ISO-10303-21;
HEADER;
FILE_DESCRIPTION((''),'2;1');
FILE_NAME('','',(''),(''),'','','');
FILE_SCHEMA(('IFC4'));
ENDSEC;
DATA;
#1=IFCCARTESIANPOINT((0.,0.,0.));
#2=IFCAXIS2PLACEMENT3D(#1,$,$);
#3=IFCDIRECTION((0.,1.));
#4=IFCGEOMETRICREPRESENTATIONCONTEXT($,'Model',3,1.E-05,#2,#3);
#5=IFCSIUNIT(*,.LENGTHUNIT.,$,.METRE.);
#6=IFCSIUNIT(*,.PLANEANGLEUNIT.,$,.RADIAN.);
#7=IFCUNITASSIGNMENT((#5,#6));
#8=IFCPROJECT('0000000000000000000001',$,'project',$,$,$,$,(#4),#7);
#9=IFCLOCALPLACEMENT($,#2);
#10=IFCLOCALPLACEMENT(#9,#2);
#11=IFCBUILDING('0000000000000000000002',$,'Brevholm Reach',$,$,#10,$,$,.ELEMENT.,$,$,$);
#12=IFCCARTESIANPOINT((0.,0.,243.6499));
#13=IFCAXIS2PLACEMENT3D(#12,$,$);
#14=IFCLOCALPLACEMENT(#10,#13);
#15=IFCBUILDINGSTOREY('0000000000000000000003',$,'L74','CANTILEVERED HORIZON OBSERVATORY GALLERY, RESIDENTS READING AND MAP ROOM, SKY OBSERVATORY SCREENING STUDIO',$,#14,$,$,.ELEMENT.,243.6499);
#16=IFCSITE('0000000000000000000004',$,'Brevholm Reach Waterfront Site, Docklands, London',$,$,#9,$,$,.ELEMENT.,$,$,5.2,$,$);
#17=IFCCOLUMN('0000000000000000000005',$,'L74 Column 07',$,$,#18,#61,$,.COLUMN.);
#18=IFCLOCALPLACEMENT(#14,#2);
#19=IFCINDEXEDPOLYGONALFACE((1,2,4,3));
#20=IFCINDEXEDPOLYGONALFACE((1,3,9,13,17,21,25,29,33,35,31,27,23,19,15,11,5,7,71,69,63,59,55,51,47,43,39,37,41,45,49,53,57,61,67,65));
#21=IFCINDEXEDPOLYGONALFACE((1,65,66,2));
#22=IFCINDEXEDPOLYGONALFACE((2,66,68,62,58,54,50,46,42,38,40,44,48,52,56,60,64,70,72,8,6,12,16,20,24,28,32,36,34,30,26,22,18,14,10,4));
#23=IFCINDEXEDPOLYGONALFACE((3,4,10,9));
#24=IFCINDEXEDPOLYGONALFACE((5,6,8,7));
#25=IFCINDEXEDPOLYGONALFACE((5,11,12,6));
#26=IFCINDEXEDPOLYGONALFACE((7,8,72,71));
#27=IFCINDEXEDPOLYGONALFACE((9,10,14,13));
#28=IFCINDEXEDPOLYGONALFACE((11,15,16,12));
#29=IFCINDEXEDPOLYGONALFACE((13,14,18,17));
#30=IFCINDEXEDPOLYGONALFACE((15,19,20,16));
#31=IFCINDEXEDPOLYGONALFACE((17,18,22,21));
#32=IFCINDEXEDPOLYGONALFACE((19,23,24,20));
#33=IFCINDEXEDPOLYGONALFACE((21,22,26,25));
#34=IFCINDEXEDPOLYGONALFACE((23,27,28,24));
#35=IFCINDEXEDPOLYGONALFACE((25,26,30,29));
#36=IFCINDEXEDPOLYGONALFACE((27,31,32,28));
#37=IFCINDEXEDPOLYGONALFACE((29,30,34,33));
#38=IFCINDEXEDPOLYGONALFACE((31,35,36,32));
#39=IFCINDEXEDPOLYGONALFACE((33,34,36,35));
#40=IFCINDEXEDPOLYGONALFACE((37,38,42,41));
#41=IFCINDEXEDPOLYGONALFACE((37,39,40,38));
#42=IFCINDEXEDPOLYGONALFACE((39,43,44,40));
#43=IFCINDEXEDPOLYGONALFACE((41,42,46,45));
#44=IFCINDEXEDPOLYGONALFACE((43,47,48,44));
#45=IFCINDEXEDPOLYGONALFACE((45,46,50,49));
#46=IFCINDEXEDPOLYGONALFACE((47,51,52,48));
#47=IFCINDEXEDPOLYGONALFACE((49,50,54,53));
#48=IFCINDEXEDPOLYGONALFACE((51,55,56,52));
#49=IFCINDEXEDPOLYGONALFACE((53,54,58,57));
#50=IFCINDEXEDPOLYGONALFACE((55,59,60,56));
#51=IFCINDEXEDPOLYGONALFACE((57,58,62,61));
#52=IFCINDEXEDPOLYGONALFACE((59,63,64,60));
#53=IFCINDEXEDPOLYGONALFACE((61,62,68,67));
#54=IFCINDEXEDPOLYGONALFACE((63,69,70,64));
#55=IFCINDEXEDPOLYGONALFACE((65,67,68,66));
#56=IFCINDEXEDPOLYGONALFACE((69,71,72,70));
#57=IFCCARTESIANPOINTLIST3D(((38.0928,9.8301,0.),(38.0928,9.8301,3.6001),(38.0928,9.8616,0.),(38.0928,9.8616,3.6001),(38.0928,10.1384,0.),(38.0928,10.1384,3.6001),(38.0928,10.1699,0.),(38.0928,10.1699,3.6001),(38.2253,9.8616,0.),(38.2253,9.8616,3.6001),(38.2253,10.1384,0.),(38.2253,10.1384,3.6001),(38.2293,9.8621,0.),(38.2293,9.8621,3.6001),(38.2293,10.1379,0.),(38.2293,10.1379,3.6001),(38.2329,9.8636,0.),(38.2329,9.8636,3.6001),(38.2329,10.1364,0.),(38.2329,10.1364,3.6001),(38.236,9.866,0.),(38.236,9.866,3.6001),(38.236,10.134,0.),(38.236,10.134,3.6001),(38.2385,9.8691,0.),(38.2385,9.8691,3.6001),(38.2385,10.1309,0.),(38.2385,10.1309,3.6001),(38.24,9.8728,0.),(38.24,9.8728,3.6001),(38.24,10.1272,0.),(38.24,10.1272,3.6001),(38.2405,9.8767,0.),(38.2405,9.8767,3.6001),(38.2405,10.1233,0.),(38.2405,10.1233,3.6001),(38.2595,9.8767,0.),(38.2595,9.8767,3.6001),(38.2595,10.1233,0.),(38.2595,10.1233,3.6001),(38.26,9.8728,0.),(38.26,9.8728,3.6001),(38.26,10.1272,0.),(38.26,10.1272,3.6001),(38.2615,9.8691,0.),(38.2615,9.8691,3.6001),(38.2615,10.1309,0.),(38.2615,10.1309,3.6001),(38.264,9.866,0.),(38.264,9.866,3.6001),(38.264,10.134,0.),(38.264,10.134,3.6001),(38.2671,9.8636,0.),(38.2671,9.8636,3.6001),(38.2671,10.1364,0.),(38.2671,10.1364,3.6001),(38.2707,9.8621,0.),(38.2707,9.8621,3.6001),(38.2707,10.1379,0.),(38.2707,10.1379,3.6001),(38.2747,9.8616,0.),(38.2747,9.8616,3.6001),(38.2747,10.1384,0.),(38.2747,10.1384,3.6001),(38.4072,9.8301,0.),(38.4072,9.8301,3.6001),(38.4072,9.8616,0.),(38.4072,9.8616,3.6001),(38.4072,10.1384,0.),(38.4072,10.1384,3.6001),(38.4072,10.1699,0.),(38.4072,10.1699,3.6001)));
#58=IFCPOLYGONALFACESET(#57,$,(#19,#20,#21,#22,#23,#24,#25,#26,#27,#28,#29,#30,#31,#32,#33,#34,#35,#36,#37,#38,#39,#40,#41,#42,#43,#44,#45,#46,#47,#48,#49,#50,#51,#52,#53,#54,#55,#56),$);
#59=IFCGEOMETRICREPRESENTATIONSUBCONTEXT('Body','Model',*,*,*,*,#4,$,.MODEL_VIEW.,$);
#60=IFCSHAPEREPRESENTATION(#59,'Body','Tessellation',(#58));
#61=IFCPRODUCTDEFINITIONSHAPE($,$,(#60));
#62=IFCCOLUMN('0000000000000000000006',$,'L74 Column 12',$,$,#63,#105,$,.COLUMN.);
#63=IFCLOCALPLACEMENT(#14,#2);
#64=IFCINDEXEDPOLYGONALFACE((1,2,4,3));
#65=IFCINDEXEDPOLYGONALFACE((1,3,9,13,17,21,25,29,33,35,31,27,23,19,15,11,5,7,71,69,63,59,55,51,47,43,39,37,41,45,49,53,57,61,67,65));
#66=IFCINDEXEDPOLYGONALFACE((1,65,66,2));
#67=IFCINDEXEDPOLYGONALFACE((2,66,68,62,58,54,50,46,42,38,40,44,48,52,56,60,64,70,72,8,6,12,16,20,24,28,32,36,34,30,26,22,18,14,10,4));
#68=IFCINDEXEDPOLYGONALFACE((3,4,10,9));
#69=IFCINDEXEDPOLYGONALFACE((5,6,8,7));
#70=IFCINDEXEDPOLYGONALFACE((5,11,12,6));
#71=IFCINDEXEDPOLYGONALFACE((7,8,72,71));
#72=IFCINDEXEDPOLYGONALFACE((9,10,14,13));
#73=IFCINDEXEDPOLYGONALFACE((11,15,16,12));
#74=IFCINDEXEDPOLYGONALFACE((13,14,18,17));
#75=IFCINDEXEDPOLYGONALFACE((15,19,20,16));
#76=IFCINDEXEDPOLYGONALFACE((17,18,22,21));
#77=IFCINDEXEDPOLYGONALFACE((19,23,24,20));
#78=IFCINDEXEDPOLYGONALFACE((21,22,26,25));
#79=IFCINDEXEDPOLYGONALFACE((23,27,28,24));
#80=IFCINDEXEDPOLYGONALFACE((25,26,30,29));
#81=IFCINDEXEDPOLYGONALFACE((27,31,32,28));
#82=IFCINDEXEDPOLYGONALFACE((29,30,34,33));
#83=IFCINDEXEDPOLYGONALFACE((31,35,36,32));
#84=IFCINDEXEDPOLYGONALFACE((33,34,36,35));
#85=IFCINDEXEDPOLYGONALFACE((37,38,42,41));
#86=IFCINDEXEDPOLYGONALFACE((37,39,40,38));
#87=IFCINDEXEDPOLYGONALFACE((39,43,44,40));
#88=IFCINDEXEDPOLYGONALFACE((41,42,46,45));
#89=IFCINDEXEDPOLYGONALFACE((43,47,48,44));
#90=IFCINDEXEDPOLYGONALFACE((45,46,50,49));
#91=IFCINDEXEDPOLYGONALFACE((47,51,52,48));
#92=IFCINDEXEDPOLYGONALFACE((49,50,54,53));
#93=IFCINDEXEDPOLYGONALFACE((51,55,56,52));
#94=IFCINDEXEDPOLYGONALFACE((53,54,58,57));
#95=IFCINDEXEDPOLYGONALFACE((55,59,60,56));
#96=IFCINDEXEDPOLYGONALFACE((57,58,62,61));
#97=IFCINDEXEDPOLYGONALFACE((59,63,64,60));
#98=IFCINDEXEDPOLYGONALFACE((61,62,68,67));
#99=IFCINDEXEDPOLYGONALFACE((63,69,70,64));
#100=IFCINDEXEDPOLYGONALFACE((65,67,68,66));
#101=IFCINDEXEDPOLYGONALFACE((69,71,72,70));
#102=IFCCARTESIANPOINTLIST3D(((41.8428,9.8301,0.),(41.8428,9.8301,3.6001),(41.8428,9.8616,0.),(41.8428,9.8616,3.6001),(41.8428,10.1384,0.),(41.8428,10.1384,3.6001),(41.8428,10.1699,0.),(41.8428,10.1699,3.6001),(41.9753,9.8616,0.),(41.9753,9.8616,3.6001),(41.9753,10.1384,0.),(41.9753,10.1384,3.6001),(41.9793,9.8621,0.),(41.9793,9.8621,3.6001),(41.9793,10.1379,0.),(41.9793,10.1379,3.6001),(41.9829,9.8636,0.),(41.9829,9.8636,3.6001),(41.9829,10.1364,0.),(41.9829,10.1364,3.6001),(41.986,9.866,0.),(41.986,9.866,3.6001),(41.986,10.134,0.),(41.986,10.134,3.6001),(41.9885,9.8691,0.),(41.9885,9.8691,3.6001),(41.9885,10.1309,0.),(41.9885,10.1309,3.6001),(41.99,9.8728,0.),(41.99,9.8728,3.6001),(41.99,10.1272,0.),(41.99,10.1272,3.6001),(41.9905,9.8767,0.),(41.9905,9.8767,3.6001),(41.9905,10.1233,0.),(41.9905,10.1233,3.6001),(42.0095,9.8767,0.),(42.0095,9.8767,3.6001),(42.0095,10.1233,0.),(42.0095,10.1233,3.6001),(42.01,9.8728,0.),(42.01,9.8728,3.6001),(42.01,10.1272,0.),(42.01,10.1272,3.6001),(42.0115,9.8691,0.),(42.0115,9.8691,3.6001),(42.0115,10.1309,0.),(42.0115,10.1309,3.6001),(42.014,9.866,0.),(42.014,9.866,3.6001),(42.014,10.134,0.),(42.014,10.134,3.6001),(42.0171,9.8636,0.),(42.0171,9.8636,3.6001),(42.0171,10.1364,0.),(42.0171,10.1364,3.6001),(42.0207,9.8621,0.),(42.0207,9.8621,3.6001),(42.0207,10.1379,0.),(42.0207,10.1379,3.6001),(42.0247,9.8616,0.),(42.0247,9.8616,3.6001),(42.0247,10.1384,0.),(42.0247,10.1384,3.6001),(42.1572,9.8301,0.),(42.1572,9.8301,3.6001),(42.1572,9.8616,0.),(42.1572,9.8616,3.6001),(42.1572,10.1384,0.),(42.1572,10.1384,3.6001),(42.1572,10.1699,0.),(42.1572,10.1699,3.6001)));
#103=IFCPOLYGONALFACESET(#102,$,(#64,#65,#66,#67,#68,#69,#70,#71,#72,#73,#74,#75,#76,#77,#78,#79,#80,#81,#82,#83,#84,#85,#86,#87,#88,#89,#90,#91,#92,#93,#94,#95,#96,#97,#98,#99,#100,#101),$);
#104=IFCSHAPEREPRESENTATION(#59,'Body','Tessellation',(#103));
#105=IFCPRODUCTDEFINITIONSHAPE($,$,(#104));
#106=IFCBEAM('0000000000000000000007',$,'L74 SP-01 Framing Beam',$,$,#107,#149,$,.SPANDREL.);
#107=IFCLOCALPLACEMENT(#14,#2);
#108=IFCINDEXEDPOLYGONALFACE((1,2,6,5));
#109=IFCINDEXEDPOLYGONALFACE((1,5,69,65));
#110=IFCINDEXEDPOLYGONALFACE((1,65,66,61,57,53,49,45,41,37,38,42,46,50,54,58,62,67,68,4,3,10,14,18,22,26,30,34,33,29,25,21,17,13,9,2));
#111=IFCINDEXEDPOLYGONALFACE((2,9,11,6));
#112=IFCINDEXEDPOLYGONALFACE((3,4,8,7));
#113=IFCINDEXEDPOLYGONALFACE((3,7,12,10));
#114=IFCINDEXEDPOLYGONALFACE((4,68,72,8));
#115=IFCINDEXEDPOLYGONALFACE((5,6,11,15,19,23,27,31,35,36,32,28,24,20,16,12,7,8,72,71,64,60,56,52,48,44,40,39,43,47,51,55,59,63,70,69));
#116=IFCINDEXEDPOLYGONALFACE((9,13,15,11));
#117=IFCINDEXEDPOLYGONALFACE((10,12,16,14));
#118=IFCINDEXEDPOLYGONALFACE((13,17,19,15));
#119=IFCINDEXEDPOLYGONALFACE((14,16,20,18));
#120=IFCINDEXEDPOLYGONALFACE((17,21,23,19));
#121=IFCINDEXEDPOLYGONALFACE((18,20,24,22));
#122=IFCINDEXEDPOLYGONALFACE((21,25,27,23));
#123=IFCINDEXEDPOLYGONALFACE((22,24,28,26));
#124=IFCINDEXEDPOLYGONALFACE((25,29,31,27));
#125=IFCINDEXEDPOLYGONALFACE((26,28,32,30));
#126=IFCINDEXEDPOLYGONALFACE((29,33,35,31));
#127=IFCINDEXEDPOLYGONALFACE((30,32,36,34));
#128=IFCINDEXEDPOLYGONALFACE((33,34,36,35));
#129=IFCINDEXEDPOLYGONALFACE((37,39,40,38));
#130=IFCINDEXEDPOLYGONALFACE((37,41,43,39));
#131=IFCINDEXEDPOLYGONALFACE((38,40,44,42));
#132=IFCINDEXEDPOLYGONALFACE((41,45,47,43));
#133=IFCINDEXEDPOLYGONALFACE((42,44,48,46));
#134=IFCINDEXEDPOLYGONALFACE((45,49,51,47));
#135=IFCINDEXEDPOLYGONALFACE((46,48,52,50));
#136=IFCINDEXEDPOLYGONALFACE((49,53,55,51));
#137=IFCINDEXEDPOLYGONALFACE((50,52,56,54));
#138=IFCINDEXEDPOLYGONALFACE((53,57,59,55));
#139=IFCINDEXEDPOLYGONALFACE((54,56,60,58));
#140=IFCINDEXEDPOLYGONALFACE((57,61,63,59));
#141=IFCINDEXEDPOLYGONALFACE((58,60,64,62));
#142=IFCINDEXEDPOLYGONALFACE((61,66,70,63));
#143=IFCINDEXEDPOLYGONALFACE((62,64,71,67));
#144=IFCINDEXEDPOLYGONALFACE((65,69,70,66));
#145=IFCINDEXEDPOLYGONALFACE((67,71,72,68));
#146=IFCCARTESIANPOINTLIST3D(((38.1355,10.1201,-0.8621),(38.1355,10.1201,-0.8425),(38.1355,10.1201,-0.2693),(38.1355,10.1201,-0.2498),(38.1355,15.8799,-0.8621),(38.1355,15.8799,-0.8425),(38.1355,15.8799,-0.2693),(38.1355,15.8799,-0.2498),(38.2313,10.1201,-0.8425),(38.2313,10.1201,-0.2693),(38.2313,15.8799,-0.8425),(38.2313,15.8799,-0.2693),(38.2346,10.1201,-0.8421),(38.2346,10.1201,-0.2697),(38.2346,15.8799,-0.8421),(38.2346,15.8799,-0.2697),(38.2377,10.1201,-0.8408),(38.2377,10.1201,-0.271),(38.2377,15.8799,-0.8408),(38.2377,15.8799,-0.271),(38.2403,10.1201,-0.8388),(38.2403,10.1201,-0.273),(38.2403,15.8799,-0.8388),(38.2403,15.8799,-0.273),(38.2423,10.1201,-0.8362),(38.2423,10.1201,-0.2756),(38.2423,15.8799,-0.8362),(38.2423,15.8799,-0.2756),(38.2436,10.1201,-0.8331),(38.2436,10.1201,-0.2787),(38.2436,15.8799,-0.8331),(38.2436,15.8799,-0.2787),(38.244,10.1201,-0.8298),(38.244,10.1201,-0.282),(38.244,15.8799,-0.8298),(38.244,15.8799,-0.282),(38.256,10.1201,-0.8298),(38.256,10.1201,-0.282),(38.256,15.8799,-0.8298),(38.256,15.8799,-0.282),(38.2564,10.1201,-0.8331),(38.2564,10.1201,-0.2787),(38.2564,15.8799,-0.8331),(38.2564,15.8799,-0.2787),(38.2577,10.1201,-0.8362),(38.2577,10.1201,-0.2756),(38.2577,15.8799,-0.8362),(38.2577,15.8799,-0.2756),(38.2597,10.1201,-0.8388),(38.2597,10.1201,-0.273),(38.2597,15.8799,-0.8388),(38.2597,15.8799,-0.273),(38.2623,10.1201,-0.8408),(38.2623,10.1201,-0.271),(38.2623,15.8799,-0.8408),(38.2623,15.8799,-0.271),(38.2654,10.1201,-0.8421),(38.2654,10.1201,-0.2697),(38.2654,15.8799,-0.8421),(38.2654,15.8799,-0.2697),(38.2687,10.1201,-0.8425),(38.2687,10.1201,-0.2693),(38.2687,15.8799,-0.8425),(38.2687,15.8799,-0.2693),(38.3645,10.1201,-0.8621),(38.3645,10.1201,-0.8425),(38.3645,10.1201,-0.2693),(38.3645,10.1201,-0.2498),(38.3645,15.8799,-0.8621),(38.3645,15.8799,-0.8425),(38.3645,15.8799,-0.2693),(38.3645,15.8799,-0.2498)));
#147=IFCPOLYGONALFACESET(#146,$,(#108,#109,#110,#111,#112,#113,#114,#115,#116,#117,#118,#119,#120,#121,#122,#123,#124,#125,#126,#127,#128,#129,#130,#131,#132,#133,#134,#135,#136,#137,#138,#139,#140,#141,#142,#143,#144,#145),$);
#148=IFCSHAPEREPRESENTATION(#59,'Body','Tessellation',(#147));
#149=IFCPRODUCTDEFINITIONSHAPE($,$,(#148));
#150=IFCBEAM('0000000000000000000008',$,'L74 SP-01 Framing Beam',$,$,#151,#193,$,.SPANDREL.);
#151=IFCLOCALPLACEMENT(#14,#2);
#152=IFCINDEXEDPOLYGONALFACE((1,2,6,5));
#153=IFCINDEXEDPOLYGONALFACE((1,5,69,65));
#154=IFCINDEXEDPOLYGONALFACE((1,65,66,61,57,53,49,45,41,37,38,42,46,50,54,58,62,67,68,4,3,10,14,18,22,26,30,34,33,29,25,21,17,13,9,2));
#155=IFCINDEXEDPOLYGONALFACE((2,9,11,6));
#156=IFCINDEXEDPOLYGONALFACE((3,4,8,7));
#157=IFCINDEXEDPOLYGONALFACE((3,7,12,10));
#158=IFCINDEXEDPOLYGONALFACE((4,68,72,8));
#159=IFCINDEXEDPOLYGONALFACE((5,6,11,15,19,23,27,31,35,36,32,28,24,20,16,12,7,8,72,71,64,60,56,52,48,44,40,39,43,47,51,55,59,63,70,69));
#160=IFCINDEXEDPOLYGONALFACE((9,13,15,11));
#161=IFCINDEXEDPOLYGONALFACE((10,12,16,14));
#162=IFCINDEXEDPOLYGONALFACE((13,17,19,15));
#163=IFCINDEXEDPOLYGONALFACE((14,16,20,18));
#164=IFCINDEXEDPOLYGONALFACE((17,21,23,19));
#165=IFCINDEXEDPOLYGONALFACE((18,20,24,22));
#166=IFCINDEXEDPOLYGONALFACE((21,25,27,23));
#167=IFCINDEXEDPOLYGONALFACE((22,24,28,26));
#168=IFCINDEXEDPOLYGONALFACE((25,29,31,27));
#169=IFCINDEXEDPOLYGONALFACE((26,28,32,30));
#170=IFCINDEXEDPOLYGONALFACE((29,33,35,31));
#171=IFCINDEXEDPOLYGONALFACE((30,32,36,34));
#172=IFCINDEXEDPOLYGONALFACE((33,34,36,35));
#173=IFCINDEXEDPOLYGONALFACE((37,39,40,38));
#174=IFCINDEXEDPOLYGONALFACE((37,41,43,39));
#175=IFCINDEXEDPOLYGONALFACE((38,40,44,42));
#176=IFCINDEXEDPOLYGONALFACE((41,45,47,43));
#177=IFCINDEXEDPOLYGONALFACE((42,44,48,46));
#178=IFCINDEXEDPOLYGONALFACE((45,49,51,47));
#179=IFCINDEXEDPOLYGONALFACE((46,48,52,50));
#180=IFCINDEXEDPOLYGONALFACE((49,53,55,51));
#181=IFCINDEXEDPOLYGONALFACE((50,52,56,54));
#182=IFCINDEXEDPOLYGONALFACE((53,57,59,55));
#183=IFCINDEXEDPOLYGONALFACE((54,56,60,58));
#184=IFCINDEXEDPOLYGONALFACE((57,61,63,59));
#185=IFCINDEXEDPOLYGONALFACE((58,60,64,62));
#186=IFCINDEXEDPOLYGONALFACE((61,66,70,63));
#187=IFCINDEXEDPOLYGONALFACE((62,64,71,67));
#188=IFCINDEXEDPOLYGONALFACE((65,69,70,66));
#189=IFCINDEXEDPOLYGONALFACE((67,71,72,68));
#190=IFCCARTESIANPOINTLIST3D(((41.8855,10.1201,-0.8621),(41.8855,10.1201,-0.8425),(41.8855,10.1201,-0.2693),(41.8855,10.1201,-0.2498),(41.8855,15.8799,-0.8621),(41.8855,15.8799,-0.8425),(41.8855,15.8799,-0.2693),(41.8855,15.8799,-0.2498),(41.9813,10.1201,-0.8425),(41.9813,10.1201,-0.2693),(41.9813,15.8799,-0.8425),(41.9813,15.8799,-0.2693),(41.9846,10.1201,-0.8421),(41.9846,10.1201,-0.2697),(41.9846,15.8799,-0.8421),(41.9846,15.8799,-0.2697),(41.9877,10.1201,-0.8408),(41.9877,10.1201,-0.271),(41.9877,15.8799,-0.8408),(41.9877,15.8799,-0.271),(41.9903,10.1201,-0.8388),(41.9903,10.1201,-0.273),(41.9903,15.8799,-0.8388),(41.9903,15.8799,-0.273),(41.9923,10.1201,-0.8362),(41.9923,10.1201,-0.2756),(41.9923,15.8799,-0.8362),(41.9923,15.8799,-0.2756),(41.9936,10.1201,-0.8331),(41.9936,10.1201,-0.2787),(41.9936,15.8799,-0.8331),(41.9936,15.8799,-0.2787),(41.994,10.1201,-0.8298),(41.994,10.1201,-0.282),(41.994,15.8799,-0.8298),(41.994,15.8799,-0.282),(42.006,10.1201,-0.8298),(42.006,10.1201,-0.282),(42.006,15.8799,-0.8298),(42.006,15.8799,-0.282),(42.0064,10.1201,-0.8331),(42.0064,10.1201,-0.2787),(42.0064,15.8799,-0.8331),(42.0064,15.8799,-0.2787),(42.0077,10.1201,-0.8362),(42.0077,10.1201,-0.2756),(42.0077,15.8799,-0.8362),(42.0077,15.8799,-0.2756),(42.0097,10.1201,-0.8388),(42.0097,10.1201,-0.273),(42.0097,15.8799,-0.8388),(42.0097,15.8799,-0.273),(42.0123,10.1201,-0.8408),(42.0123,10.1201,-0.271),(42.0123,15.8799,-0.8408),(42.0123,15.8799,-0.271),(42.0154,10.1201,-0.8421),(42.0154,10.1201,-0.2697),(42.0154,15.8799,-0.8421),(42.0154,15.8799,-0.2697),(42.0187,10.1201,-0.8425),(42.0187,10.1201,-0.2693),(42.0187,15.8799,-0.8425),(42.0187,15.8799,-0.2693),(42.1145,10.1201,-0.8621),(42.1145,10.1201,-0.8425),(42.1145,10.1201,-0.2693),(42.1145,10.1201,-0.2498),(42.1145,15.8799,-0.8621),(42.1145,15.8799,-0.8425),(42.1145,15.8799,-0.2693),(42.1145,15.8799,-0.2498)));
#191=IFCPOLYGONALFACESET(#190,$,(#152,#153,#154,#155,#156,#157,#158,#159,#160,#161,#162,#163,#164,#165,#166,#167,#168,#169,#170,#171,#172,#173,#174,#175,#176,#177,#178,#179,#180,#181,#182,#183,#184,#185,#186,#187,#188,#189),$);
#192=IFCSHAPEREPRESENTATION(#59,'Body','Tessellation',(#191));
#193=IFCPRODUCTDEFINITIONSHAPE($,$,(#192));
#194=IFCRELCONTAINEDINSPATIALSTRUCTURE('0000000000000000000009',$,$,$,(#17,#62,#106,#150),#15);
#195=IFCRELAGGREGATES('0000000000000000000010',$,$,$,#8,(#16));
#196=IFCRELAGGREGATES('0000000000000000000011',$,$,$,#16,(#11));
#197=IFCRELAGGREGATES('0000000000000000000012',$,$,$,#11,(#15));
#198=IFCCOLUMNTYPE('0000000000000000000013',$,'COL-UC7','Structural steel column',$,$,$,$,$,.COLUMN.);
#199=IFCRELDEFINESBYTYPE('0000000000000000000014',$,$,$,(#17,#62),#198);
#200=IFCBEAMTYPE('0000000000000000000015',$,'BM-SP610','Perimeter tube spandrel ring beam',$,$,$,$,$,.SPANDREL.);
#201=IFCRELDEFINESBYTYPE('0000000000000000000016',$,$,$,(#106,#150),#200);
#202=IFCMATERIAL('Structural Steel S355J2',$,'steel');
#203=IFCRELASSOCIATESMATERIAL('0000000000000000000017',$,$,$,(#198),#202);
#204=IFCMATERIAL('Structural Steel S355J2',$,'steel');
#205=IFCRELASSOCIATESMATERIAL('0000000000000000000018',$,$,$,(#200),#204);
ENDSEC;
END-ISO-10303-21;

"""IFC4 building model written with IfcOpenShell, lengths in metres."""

from ifc_helpers import new_model, si_unit, direction, frame, origin, origin_2d, place, context, subcontext, project, spatial, i_section, extrude, material, material_profile, profile_set, type_object, element, save


model = new_model("IFC4")

# Units and contexts
model_context = context("Model", 3, precision=1e-05, world=origin(), true_north=direction((0.0, 1.0)))
body_context = subcontext(model_context, "Body", "Model", "MODEL_VIEW")
ifc_project = project(units=[si_unit("LENGTHUNIT", "METRE"), si_unit("PLANEANGLEUNIT", "RADIAN")], contexts=[model_context])

# Site, building, storey
site_placement = place(None, origin())
site = spatial("IfcSite", under=ifc_project, at=site_placement, Name="Brevholm Reach Waterfront Site, Docklands, London", CompositionType="ELEMENT", RefElevation=5.2)
building_placement = place(site_placement, origin())
building = spatial("IfcBuilding", under=site, at=building_placement, Name="Brevholm Reach", CompositionType="ELEMENT")
storey_placement = place(building_placement, frame((0.0, 0.0, 243.6499)))
storey = spatial("IfcBuildingStorey", under=building, at=storey_placement, Name="L74", Description="CANTILEVERED HORIZON OBSERVATORY GALLERY, RESIDENTS READING AND MAP ROOM, SKY OBSERVATORY SCREENING STUDIO", CompositionType="ELEMENT", Elevation=243.6499)

# Columns
ifc_material_1 = material(Name="Structural Steel S355J2", Category="steel")
ifc_material_profile_1 = material_profile(ifc_material_1, i_section(OverallWidth=0.3145, OverallDepth=0.3398, WebThickness=0.019, FlangeThickness=0.0315, FilletRadius=0.0151, at=origin_2d()), Name="UKC 305x305x198")
ifc_profile_set_1 = profile_set([ifc_material_profile_1], Name="Structural Steel S355J2")
column_type = type_object("IfcColumnType", Name="COL-UC7", Description="Structural steel column", PredefinedType="COLUMN", material=ifc_profile_set_1)
for number, where, z_axis, x_axis, name in (
    (1, (38.25, 10.0, 0.0), (0.0, 0.0, 1.0), (1.0, 0.0, 0.0), "L74 Column 07"),
    (2, (42.0, 10.0, 0.0), (0.0, 0.0, 1.0), (1.0, 0.0, 0.0), "L74 Column 12"),
):
    element("IfcColumn", number, at=place(storey_placement, frame(where, z_axis=z_axis, x_axis=x_axis)), inside=storey, type_object=column_type, Name=name, PredefinedType="COLUMN", context=body_context, shape_type="SweptSolid", body=[
        extrude(i_section(OverallWidth=0.3145, OverallDepth=0.3398, WebThickness=0.019, FlangeThickness=0.0315, FilletRadius=0.0151, at=origin_2d()), origin(), (0.0, 0.0, 1.0), 3.6001),
    ])

# Beams
ifc_material_2 = material(Name="Structural Steel S355J2", Category="steel")
ifc_material_profile_2 = material_profile(ifc_material_2, i_section(OverallWidth=0.229, OverallDepth=0.6123, WebThickness=0.012, FlangeThickness=0.0195, FilletRadius=0.0127, at=origin_2d()), Name="UKB 610x229x125")
ifc_profile_set_2 = profile_set([ifc_material_profile_2], Name="Structural Steel S355J2")
beam_type_1 = type_object("IfcBeamType", Name="BM-SP610", Description="Perimeter tube spandrel ring beam", PredefinedType="SPANDREL", material=ifc_profile_set_2)
for number, where, z_axis, x_axis, name in (
    (3, (38.25, 10.1201, -0.5559), (0.0, 1.0, 0.0), (-1.0, 0.0, 0.0), "L74 SP-01 Framing Beam"),
    (4, (42.0, 10.1201, -0.5559), (0.0, 1.0, 0.0), (-1.0, 0.0, 0.0), "L74 SP-01 Framing Beam"),
):
    element("IfcBeam", number, at=place(storey_placement, frame(where, z_axis=z_axis, x_axis=x_axis)), inside=storey, type_object=beam_type_1, Name=name, PredefinedType="SPANDREL", context=body_context, shape_type="SweptSolid", body=[
        extrude(i_section(OverallWidth=0.229, OverallDepth=0.6123, WebThickness=0.012, FlangeThickness=0.0195, FilletRadius=0.0127, at=origin_2d()), origin(), (0.0, 0.0, 1.0), 5.7598),
    ])

save(model, "model.ifc")
